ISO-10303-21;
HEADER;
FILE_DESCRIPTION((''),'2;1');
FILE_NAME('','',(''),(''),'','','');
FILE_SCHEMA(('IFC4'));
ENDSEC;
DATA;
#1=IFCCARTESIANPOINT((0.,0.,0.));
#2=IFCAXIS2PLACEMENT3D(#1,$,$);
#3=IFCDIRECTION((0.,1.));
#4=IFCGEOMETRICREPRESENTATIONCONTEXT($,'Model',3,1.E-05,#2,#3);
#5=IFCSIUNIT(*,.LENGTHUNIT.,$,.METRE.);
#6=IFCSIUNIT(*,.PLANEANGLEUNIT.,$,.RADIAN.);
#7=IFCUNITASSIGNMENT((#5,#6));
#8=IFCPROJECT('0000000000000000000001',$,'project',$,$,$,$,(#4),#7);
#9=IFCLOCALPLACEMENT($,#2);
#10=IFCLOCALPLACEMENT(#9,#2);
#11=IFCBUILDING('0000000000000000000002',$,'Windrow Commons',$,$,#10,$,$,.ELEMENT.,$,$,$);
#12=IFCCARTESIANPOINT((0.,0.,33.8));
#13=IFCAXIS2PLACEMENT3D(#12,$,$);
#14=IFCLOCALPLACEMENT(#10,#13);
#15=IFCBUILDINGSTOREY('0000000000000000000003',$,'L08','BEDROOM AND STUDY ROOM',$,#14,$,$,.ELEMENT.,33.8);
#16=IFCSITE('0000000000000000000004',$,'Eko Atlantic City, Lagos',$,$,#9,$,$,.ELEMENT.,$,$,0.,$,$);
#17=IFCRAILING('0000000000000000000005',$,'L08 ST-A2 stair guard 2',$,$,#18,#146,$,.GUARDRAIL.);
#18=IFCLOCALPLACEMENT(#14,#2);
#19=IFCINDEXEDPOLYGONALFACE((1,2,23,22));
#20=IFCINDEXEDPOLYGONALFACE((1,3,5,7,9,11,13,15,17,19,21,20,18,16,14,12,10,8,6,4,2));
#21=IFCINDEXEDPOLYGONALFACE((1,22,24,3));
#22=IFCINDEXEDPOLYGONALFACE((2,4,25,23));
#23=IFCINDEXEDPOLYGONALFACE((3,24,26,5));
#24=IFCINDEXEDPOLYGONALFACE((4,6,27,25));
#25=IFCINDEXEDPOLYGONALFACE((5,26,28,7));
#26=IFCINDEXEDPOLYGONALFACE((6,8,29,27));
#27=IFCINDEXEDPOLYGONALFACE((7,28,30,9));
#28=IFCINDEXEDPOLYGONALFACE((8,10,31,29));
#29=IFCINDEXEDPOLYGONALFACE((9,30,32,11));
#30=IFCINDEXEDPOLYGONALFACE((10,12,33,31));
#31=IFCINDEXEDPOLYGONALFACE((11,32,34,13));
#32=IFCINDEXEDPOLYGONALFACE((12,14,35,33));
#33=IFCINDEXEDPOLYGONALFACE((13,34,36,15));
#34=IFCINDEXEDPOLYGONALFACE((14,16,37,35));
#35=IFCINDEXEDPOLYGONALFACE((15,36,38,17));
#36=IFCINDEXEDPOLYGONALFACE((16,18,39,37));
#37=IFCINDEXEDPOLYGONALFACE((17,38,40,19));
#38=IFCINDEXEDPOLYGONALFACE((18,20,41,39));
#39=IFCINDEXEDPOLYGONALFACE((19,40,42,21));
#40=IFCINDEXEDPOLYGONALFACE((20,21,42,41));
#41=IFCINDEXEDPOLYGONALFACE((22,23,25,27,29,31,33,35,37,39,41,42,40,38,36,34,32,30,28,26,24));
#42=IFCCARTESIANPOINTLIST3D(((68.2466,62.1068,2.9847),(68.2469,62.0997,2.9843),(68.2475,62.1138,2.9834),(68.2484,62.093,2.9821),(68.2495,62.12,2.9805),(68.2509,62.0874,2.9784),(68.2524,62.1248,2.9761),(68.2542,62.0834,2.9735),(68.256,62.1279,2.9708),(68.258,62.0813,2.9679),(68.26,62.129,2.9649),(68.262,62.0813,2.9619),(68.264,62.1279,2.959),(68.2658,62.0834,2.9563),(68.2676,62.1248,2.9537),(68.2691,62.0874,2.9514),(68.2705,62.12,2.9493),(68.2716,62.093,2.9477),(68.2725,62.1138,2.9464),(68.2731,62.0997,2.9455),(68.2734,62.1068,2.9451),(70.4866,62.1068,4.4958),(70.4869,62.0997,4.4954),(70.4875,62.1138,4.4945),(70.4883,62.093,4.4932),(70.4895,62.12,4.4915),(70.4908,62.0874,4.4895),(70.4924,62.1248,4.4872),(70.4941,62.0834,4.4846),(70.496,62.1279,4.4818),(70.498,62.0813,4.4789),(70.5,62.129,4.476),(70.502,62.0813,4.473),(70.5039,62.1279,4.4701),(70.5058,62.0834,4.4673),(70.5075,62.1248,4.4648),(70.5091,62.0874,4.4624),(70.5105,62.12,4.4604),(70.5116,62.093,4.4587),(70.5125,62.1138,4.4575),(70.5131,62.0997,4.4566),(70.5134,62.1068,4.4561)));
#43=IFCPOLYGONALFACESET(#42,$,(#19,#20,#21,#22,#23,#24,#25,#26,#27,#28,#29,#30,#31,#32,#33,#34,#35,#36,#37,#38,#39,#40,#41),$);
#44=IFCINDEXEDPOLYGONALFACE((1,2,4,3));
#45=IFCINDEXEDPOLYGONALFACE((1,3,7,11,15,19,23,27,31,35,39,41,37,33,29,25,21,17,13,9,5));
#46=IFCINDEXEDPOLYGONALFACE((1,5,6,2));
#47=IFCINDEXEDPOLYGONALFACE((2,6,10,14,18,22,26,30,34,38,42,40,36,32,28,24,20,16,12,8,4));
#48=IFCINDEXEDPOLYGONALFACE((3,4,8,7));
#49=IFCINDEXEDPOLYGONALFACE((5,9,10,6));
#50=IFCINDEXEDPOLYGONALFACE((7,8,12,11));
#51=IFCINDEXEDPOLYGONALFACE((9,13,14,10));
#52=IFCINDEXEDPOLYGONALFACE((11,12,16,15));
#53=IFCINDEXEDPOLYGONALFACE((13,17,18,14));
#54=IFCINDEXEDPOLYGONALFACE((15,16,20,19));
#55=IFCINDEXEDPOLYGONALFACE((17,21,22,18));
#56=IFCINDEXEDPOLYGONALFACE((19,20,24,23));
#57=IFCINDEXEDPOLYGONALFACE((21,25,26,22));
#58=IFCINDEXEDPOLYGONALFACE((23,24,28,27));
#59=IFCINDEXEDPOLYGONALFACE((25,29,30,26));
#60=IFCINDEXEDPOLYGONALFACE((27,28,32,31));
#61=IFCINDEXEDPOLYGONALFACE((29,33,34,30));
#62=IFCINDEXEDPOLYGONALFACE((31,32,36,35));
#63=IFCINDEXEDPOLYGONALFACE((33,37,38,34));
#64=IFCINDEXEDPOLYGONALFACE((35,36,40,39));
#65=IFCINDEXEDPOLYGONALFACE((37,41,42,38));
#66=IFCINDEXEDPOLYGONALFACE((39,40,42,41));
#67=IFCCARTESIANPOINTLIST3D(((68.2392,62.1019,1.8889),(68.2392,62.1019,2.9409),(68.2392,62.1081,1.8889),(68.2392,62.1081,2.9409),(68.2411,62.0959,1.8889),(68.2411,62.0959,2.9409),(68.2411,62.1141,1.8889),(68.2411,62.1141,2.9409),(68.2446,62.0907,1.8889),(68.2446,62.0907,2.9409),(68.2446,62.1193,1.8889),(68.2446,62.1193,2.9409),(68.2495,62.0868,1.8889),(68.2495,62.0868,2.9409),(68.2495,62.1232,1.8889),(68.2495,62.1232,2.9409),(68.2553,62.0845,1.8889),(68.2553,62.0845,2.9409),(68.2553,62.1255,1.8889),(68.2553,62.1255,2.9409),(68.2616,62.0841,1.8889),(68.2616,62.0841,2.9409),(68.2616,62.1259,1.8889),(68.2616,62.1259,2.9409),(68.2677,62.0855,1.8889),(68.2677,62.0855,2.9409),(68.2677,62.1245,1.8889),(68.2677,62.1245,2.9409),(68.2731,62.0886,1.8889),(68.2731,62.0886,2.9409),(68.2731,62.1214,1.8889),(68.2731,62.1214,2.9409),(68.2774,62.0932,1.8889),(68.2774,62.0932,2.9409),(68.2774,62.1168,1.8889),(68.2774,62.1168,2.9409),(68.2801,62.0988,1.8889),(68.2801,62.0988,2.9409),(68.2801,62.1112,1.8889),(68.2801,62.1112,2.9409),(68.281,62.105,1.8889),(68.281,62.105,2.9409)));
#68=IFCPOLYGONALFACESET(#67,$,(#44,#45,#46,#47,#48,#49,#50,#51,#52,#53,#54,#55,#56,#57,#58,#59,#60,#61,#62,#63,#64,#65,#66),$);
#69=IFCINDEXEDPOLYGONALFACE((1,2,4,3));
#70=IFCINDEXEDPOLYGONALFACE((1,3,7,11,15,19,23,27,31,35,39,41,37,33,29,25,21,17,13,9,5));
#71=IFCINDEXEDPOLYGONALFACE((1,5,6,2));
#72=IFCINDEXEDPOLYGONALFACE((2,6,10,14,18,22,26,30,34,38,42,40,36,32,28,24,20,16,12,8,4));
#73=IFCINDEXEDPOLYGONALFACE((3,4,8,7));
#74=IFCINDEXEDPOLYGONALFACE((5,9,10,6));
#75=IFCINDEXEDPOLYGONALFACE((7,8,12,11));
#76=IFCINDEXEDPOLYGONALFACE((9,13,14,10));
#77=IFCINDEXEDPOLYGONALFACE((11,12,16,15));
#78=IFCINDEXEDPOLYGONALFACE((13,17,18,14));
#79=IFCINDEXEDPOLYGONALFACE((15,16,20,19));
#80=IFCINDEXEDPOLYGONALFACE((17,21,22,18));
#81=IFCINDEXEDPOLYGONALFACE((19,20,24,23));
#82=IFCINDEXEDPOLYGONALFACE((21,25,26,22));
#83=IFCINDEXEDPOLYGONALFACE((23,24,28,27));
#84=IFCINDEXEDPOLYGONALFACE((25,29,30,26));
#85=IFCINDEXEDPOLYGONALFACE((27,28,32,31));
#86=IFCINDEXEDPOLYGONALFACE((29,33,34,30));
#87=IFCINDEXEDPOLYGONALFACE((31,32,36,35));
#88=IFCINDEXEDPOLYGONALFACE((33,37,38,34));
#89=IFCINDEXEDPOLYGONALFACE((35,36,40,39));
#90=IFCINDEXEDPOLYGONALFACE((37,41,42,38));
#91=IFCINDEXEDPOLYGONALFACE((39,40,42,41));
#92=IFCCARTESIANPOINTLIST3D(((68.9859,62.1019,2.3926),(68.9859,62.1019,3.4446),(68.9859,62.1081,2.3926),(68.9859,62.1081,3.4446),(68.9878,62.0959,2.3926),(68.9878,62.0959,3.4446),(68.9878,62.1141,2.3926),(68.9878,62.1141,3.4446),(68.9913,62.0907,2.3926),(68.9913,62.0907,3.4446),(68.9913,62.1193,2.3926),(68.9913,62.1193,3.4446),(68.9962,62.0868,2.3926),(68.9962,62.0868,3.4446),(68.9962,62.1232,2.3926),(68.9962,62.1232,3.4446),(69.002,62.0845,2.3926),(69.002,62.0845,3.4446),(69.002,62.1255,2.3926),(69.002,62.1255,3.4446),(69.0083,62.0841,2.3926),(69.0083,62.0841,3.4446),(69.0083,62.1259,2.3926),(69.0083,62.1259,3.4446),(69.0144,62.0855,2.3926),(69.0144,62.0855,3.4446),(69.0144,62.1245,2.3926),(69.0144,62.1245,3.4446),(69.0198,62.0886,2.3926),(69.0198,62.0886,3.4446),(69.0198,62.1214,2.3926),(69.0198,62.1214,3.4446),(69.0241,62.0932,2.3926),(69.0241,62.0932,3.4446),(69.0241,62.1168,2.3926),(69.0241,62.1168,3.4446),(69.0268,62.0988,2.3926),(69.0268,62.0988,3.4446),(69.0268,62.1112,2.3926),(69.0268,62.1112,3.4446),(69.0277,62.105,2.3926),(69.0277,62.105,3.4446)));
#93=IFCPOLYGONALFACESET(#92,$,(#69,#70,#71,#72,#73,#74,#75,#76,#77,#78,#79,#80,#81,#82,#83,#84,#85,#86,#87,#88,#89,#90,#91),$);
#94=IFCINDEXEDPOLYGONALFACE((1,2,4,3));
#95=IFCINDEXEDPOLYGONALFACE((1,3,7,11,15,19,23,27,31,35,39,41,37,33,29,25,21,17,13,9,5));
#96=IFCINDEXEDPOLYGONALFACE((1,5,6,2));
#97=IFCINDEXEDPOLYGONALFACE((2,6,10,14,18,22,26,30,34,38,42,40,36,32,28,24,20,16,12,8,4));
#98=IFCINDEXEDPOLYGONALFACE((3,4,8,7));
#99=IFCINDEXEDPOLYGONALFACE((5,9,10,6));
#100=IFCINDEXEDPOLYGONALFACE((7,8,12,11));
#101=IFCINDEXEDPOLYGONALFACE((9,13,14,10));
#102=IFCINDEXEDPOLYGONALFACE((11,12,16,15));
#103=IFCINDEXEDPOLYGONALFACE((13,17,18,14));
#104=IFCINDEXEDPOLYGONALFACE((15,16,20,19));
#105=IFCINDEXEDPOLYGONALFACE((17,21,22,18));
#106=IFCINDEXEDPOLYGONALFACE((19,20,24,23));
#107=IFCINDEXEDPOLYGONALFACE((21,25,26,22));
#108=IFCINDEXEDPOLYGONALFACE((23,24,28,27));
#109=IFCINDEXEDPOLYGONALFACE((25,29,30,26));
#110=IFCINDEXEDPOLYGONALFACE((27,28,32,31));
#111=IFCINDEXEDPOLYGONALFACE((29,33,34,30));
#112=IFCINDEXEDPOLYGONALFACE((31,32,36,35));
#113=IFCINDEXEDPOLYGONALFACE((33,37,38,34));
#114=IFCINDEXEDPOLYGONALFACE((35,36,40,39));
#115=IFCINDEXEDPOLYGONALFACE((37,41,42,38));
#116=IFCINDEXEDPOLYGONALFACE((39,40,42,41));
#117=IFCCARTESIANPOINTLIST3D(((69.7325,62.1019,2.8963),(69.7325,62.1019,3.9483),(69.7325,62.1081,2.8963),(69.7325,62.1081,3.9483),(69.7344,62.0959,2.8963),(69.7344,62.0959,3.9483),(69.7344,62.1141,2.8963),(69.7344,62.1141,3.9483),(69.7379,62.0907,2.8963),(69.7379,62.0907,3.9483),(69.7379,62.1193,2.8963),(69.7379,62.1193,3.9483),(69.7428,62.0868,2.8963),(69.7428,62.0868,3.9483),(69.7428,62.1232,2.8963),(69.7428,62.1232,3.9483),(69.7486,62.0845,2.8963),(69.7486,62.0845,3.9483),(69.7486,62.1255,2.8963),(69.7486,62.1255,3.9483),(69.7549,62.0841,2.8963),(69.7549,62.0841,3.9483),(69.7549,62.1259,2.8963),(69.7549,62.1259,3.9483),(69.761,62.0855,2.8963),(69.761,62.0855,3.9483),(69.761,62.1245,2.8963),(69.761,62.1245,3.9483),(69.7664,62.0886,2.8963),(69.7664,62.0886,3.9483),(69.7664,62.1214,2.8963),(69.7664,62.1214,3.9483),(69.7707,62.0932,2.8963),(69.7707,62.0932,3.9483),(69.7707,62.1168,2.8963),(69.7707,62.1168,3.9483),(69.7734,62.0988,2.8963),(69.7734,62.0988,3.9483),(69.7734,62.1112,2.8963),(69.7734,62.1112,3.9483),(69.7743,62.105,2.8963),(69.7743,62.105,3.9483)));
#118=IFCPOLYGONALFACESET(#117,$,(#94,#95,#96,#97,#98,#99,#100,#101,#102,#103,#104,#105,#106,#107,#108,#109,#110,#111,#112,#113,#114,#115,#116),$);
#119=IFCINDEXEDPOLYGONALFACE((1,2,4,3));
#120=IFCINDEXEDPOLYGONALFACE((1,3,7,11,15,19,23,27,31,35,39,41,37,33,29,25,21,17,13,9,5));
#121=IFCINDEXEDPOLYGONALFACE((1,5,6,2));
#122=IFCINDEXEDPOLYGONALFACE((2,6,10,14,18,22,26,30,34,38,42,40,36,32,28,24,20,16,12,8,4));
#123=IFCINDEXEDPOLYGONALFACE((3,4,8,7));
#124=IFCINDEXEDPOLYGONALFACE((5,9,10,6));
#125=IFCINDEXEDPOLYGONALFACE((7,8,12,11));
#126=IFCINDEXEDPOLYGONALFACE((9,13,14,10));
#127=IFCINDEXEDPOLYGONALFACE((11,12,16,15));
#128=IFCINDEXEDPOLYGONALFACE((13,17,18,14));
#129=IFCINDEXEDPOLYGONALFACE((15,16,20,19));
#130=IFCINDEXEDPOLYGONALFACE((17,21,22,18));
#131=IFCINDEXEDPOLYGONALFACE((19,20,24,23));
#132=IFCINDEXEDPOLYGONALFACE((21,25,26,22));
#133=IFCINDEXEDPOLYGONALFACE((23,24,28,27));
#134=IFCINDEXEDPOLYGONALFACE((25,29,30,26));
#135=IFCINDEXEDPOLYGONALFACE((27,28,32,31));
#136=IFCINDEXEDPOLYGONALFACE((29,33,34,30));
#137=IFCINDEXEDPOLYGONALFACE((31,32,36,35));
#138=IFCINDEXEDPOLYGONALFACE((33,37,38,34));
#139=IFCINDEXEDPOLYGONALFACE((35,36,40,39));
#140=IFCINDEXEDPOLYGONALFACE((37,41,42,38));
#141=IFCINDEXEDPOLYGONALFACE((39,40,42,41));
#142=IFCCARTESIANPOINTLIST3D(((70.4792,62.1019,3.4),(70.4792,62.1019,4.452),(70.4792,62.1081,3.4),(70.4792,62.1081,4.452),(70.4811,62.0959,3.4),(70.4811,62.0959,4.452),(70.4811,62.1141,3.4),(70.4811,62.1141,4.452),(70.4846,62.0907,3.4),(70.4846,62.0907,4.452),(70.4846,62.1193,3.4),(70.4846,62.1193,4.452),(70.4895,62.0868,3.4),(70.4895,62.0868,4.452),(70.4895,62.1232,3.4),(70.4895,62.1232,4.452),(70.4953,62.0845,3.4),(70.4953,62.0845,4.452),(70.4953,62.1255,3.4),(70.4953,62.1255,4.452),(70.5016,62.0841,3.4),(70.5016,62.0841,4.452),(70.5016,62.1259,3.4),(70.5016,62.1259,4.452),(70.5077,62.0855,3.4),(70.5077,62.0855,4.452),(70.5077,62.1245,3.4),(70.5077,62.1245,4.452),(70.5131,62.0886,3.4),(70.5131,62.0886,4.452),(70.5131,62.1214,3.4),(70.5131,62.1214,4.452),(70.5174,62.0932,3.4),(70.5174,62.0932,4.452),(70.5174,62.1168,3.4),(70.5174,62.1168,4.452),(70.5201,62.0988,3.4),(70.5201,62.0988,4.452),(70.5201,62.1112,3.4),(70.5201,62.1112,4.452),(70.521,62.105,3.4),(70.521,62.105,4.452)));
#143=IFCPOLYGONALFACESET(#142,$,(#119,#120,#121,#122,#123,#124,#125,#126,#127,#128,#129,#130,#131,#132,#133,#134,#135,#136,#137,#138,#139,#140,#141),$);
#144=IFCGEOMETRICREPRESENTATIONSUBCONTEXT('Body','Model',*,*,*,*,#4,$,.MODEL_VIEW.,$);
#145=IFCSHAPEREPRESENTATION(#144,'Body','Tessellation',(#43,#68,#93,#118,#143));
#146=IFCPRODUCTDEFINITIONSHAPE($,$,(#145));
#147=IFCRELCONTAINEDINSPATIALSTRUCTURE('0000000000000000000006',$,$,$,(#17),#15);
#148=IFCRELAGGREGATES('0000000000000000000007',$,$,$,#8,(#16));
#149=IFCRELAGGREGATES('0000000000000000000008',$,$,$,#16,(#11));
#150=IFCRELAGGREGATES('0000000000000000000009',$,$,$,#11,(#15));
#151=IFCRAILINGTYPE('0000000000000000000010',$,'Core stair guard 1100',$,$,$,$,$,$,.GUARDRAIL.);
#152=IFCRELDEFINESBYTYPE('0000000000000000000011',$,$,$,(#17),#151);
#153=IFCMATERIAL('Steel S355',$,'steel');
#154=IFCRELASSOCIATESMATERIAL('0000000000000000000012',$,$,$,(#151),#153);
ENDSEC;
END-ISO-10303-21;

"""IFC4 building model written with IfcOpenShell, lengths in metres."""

from ifc_helpers import new_model, si_unit, direction, frame, origin, origin_2d, place, context, subcontext, project, spatial, circle, extrude, material, type_object, element, save


model = new_model("IFC4")

# Units and contexts
model_context = context("Model", 3, precision=1e-05, world=origin(), true_north=direction((0.0, 1.0)))
body_context = subcontext(model_context, "Body", "Model", "MODEL_VIEW")
ifc_project = project(units=[si_unit("LENGTHUNIT", "METRE"), si_unit("PLANEANGLEUNIT", "RADIAN")], contexts=[model_context])

# Site, building, storey
site_placement = place(None, origin())
site = spatial("IfcSite", under=ifc_project, at=site_placement, Name="Eko Atlantic City, Lagos", CompositionType="ELEMENT", RefElevation=0.0)
building_placement = place(site_placement, origin())
building = spatial("IfcBuilding", under=site, at=building_placement, Name="Windrow Commons", CompositionType="ELEMENT")
storey_placement = place(building_placement, frame((0.0, 0.0, 33.8)))
storey = spatial("IfcBuildingStorey", under=building, at=storey_placement, Name="L08", Description="BEDROOM AND STUDY ROOM", CompositionType="ELEMENT", Elevation=33.8)

# Railing
ifc_material_1 = material(Name="Steel S355", Category="steel")
railing_type_1 = type_object("IfcRailingType", Name="Core stair guard 1100", PredefinedType="GUARDRAIL", material=ifc_material_1)
railing_1_placement = place(storey_placement, frame((68.26, 62.105, 1.8889)))
element("IfcRailing", 1, at=railing_1_placement, inside=storey, type_object=railing_type_1, Name="L08 ST-A2 stair guard 2", PredefinedType="GUARDRAIL", context=body_context, shape_type="SweptSolid", body=[
    extrude(circle(Radius=0.024, at=origin_2d()), frame((0.0, 0.0, 1.076), z_axis=(0.829003, 0.0, 0.559244), x_axis=(0.0, 1.0, 0.0)), (0.0, 0.0, 1.0), 2.702),
    extrude(circle(Radius=0.021, at=origin_2d()), origin(), (0.0, 0.0, 1.0), 1.052),
    extrude(circle(Radius=0.021, at=origin_2d()), frame((0.7467, 0.0, 0.5037)), (0.0, 0.0, 1.0), 1.052),
    extrude(circle(Radius=0.021, at=origin_2d()), frame((1.4933, 0.0, 1.0074)), (0.0, 0.0, 1.0), 1.052),
    extrude(circle(Radius=0.021, at=origin_2d()), frame((2.24, 0.0, 1.5111)), (0.0, 0.0, 1.0), 1.052),
])

save(model, "model.ifc")
